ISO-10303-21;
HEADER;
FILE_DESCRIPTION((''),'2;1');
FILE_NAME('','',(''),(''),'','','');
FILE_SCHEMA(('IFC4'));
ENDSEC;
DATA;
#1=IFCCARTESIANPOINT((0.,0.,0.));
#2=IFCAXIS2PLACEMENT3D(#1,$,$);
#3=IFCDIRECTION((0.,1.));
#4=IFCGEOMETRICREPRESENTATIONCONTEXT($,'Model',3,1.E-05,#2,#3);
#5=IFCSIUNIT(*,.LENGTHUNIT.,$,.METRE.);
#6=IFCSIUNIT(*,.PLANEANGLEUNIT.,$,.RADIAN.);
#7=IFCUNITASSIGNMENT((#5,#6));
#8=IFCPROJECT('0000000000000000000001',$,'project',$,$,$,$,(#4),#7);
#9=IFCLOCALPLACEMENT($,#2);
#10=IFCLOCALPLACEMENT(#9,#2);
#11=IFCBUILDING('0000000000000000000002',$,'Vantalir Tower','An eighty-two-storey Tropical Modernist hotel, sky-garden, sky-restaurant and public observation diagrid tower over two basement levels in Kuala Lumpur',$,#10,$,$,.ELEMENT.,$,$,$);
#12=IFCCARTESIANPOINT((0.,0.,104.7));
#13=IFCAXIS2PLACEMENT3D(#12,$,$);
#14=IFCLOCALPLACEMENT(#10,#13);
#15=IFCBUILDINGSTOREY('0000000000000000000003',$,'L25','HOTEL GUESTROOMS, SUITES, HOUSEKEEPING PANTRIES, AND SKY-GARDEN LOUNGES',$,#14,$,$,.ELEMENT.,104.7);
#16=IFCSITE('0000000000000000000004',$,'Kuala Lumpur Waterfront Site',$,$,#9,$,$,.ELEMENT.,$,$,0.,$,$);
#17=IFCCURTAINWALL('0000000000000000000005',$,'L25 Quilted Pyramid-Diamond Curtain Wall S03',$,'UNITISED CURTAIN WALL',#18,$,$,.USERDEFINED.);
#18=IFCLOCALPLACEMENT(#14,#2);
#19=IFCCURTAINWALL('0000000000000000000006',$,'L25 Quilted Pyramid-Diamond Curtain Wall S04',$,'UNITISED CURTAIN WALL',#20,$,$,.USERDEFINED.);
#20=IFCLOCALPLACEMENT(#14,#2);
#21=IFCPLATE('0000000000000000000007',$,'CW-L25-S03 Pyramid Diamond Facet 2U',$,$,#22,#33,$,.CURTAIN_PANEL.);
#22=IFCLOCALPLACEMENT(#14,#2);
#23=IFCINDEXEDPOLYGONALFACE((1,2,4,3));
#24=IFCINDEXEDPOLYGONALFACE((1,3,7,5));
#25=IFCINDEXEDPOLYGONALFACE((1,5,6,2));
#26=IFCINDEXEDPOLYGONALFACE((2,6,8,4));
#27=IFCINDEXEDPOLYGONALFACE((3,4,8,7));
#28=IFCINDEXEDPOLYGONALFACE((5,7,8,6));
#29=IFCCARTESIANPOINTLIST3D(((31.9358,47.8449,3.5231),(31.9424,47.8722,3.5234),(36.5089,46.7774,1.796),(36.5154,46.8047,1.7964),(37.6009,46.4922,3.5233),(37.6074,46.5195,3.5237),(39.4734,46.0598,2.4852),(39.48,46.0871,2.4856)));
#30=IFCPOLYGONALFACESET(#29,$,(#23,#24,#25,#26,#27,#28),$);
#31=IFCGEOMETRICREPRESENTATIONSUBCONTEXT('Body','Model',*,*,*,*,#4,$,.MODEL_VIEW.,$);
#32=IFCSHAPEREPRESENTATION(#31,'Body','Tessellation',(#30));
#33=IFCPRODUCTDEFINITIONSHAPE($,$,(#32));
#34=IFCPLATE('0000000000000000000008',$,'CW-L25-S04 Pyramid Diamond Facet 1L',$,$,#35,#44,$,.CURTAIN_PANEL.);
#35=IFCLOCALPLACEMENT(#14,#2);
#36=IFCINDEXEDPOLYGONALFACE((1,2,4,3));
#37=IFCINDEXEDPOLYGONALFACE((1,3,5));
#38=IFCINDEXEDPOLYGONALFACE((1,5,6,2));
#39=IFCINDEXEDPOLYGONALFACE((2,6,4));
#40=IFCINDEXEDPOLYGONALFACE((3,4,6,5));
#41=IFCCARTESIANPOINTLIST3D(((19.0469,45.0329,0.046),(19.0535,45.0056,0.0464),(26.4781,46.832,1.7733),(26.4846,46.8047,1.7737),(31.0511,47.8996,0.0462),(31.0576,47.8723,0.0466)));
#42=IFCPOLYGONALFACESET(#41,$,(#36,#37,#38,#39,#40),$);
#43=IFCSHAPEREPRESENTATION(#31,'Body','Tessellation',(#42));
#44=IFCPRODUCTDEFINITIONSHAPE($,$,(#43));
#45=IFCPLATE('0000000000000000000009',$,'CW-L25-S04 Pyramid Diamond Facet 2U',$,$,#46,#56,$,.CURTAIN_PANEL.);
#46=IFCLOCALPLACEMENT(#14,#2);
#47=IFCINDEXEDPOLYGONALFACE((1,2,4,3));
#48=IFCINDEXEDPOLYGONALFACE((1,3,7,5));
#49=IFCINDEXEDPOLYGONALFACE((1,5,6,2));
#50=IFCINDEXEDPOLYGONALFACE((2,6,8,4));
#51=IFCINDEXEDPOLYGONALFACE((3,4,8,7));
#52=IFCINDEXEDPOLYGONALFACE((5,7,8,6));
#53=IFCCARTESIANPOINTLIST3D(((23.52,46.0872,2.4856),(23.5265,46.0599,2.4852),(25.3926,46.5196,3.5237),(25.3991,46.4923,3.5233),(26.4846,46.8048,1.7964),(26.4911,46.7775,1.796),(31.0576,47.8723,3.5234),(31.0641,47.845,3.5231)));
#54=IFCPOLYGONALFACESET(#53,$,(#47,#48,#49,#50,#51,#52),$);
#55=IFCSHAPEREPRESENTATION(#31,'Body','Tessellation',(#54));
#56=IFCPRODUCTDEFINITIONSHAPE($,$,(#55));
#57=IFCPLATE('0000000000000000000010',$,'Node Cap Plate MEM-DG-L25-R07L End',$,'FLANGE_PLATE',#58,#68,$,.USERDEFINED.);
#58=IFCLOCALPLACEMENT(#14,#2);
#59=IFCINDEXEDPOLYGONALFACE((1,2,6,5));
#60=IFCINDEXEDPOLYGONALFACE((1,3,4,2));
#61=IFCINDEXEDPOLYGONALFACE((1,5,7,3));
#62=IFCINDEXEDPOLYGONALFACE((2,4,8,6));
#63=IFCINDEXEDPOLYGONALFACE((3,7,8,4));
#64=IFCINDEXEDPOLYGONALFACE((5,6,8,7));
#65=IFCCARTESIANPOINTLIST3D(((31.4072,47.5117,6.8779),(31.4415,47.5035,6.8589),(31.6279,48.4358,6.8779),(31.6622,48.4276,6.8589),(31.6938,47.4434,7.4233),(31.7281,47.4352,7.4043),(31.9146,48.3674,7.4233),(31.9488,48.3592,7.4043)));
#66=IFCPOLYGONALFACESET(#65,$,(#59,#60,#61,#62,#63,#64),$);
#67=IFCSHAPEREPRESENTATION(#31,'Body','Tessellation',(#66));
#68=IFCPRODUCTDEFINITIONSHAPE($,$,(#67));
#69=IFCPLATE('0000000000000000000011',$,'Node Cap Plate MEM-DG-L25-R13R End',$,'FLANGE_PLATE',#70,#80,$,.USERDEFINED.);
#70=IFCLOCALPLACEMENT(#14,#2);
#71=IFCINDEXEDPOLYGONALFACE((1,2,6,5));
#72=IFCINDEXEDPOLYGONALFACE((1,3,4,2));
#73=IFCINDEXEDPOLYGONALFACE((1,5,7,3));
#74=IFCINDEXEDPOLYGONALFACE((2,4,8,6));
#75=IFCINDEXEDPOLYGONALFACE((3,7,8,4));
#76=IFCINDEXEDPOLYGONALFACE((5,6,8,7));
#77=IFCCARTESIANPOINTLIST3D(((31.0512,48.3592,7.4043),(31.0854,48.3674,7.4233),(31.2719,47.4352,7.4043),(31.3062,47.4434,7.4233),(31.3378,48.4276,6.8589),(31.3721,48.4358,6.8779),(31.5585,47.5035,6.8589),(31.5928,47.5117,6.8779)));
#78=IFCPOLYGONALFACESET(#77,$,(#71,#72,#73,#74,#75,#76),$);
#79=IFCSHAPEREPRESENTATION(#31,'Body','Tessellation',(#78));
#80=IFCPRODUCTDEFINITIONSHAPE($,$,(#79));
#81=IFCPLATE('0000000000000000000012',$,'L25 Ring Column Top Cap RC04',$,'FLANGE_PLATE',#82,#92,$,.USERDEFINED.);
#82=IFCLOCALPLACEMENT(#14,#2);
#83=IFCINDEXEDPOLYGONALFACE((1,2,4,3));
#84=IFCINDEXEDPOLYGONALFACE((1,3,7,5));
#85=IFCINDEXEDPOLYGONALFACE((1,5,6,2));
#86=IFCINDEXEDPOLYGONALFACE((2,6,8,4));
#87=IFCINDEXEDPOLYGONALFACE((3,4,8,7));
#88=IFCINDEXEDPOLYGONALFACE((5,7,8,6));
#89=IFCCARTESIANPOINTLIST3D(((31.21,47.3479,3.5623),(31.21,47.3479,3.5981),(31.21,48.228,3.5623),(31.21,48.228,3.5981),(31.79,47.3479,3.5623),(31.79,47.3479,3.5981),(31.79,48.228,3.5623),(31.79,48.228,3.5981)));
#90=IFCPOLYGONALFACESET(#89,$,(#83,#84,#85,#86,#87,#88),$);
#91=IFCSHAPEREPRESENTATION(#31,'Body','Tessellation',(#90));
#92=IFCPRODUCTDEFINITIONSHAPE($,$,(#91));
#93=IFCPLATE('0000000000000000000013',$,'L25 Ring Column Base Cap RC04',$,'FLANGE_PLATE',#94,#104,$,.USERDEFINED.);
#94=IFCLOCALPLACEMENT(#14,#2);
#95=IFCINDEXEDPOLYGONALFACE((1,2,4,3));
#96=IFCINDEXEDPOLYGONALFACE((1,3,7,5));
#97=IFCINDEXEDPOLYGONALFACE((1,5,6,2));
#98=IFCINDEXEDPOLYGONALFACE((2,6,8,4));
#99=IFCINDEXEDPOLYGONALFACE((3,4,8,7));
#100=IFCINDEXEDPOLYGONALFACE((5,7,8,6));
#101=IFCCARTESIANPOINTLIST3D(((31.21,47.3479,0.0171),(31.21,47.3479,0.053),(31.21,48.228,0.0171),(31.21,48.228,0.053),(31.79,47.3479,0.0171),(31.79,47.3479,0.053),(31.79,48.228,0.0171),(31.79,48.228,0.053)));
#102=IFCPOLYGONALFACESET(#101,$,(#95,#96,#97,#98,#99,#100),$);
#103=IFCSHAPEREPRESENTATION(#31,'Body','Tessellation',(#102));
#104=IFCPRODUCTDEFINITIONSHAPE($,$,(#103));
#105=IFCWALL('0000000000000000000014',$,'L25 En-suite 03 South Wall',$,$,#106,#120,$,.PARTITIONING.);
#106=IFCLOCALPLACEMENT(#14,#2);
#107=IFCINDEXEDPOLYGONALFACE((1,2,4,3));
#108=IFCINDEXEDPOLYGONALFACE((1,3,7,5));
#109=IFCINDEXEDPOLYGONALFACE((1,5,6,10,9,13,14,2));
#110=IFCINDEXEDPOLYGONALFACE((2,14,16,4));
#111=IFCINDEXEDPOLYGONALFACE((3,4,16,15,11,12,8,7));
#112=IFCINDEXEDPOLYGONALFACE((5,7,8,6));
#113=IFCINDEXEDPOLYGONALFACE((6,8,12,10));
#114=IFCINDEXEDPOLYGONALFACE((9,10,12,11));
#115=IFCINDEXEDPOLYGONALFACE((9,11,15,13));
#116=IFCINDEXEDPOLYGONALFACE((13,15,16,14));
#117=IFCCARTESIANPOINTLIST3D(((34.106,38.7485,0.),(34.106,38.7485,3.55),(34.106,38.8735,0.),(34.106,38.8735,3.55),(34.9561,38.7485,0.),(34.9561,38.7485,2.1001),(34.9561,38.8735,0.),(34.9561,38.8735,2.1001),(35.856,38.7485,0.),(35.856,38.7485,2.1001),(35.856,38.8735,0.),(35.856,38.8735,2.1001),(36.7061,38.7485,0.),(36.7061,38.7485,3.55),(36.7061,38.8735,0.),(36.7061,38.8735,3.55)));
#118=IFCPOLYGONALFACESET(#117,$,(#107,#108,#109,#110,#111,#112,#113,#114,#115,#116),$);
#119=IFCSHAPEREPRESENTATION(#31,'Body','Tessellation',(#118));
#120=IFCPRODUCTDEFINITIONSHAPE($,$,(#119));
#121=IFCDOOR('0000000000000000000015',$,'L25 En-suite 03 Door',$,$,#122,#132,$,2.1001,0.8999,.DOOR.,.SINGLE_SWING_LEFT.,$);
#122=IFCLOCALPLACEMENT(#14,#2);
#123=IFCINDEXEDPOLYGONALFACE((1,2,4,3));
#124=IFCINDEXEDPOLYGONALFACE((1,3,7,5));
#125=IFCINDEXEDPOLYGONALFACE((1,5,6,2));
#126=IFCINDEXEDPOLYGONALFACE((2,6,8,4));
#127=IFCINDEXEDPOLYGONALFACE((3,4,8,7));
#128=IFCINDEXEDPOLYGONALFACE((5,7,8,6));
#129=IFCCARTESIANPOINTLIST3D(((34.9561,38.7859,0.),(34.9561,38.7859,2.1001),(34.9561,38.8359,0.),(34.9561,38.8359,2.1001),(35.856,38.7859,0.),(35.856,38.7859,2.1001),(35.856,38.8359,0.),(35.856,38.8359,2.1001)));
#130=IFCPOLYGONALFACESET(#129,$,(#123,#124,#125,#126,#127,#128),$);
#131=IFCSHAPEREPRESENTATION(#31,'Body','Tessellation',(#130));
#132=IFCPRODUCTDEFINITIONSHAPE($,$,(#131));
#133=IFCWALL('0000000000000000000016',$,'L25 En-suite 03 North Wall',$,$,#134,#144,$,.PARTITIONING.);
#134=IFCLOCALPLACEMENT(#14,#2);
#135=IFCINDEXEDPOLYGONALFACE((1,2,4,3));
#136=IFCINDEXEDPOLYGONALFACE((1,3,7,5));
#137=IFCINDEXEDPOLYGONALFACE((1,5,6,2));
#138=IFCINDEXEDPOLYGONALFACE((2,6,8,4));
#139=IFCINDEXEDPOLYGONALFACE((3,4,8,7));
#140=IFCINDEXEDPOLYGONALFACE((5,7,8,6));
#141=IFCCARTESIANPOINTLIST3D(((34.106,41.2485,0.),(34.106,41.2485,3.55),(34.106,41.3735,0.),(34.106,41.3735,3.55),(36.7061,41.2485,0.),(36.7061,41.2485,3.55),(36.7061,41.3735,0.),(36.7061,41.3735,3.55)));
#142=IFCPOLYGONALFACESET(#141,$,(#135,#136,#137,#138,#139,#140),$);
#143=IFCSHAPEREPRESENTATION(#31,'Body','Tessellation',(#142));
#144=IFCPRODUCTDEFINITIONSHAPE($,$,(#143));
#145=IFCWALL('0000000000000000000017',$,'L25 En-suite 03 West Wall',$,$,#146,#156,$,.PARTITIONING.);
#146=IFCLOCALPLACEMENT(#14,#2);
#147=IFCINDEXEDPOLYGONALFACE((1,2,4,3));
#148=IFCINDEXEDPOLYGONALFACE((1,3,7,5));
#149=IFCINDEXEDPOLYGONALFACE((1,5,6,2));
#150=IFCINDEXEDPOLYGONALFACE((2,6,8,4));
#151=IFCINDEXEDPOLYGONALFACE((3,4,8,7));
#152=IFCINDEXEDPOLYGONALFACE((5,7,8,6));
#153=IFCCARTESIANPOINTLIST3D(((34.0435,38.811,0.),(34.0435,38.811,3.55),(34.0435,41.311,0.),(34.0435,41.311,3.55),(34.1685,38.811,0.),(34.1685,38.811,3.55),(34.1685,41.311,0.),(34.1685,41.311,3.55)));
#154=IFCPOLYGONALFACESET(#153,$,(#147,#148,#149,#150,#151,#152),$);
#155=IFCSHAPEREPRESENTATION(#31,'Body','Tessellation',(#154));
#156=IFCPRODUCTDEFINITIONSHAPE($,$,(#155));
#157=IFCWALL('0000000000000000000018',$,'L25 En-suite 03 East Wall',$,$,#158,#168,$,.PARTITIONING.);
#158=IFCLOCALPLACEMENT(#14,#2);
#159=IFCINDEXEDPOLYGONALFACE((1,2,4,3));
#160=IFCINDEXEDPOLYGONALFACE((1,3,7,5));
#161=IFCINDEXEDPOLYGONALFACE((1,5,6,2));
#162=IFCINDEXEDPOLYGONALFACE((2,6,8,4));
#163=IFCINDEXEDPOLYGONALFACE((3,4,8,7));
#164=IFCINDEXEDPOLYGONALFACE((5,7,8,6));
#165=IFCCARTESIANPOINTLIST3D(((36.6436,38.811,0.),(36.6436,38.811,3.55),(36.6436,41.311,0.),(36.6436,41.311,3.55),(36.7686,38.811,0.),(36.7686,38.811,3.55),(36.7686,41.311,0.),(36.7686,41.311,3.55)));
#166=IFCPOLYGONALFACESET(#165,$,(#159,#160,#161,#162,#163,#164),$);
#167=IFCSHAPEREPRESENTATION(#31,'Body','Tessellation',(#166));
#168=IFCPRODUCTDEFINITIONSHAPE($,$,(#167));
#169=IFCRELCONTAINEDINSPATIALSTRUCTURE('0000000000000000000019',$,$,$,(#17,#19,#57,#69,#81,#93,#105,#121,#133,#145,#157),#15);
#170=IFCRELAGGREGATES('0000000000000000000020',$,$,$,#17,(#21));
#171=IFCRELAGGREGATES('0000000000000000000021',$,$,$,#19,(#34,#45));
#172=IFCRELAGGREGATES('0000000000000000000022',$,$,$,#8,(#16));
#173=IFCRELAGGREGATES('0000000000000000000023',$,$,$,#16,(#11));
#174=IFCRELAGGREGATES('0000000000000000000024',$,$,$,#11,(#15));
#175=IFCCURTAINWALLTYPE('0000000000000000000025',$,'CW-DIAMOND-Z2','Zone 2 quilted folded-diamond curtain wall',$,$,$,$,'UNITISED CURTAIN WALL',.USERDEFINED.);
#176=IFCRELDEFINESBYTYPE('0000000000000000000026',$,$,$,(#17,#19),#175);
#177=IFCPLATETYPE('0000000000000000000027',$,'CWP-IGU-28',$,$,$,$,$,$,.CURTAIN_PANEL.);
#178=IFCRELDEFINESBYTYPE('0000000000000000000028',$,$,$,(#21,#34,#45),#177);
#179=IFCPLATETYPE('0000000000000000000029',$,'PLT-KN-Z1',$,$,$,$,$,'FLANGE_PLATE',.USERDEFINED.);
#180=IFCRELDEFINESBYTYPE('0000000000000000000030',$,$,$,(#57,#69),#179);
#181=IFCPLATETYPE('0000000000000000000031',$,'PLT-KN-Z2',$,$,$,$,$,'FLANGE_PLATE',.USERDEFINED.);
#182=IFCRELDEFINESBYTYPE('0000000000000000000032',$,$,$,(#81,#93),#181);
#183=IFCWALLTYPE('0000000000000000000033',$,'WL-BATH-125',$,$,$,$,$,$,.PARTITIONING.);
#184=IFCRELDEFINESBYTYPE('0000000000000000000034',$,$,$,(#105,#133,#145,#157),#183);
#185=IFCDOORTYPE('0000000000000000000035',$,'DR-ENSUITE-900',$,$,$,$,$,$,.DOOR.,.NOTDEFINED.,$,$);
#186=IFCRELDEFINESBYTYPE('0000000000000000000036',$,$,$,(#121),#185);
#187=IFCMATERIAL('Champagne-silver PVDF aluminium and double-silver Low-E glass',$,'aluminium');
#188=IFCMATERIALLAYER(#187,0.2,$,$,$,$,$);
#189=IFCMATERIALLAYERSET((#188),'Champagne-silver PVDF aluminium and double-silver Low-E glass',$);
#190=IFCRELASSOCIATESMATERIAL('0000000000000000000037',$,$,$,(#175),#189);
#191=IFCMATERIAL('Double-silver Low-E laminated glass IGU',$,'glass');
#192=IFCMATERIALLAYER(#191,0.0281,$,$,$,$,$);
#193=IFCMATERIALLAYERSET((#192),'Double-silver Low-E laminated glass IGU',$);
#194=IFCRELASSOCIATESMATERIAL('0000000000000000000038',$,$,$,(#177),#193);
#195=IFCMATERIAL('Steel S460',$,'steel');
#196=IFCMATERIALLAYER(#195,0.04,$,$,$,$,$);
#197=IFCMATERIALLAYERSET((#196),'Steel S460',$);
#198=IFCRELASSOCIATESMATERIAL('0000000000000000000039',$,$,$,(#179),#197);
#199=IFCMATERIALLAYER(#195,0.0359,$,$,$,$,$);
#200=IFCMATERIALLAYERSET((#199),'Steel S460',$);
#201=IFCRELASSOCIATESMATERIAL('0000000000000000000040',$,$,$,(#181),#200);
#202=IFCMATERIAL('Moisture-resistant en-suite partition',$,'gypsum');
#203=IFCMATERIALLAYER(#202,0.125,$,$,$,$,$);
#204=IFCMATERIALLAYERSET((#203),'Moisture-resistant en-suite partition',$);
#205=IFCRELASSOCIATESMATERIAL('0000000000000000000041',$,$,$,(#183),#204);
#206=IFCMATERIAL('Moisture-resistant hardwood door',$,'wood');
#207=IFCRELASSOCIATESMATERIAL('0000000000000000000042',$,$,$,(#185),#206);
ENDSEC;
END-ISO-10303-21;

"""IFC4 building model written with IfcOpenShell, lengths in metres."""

from ifc_helpers import new_model, si_unit, direction, frame, frame_2d, origin, place, context, subcontext, project, spatial, polyline, rectangle, outline, extrude, material, layer, layer_set, type_object, element, fill, aggregate, save


model = new_model("IFC4")

# Units and contexts
model_context = context("Model", 3, precision=1e-05, world=origin(), true_north=direction((0.0, 1.0)))
body_context = subcontext(model_context, "Body", "Model", "MODEL_VIEW")
ifc_project = project(units=[si_unit("LENGTHUNIT", "METRE"), si_unit("PLANEANGLEUNIT", "RADIAN")], contexts=[model_context])

# Site, building, storey
site_placement = place(None, origin())
site = spatial("IfcSite", under=ifc_project, at=site_placement, Name="Kuala Lumpur Waterfront Site", CompositionType="ELEMENT", RefElevation=0.0)
building_placement = place(site_placement, origin())
building = spatial("IfcBuilding", under=site, at=building_placement, Name="Vantalir Tower", Description="An eighty-two-storey Tropical Modernist hotel, sky-garden, sky-restaurant and public observation diagrid tower over two basement levels in Kuala Lumpur", CompositionType="ELEMENT")
storey_placement = place(building_placement, frame((0.0, 0.0, 104.7)))
storey = spatial("IfcBuildingStorey", under=building, at=storey_placement, Name="L25", Description="HOTEL GUESTROOMS, SUITES, HOUSEKEEPING PANTRIES, AND SKY-GARDEN LOUNGES", CompositionType="ELEMENT", Elevation=104.7)

# Shared definitions
ifc_material_1 = material(Name="Steel S460", Category="steel")

# Curtain wall
ifc_material_2 = material(Name="Champagne-silver PVDF aluminium and double-silver Low-E glass", Category="aluminium")
ifc_layer_1 = layer(ifc_material_2, 0.2)
ifc_layer_set_1 = layer_set([ifc_layer_1], Name="Champagne-silver PVDF aluminium and double-silver Low-E glass")
curtain_wall_type = type_object("IfcCurtainWallType", Name="CW-DIAMOND-Z2", Description="Zone 2 quilted folded-diamond curtain wall", ElementType="UNITISED CURTAIN WALL", PredefinedType="USERDEFINED", material=ifc_layer_set_1)
curtain_wall_1_placement = place(storey_placement, origin())
curtain_wall_1 = element("IfcCurtainWall", 1, at=curtain_wall_1_placement, inside=storey, type_object=curtain_wall_type, Name="L25 Quilted Pyramid-Diamond Curtain Wall S03", ObjectType="UNITISED CURTAIN WALL", PredefinedType="USERDEFINED")

# Curtain wall
curtain_wall_2_placement = place(storey_placement, origin())
curtain_wall_2 = element("IfcCurtainWall", 2, at=curtain_wall_2_placement, inside=storey, type_object=curtain_wall_type, Name="L25 Quilted Pyramid-Diamond Curtain Wall S04", ObjectType="UNITISED CURTAIN WALL", PredefinedType="USERDEFINED")

# Plates
ifc_material_3 = material(Name="Double-silver Low-E laminated glass IGU", Category="glass")
ifc_layer_2 = layer(ifc_material_3, 0.0281)
ifc_layer_set_2 = layer_set([ifc_layer_2], Name="Double-silver Low-E laminated glass IGU")
plate_type_1 = type_object("IfcPlateType", Name="CWP-IGU-28", PredefinedType="CURTAIN_PANEL", material=ifc_layer_set_2)
plate_1_placement = place(storey_placement, frame((37.6074, 46.5195, 3.5237), z_axis=(0.232228, 0.972564, 0.013739), x_axis=(-0.972656, 0.23225, -0.000042)))
plate_1 = element("IfcPlate", 3, at=plate_1_placement, type_object=plate_type_1, Name="CW-L25-S03 Pyramid Diamond Facet 2U", PredefinedType="CURTAIN_PANEL", context=body_context, shape_type="SweptSolid", body=[
    extrude(outline(polyline([(0.0, 0.0), (5.8243, 0.0), (1.1285, -1.7274), (-1.9217, -1.0383), (0.0, 0.0)])), origin(), (0.0, 0.0, -1.0), 0.0281),
])
aggregate(curtain_wall_1, [plate_1])
plate_2_placement = place(storey_placement, frame((31.0576, 47.8723, 0.0466), z_axis=(0.232255, -0.972557, 0.013766), x_axis=(-0.97265, -0.232277, -0.00002)))
plate_2 = element("IfcPlate", 4, at=plate_2_placement, type_object=plate_type_1, Name="CW-L25-S04 Pyramid Diamond Facet 1L", PredefinedType="CURTAIN_PANEL", context=body_context, shape_type="SweptSolid", body=[
    extrude(outline(polyline([(0.0, 0.0), (12.3417, 0.0), (4.6959, -1.7273), (0.0, 0.0)])), origin(), (0.0, 0.0, -1.0), 0.0281),
])
plate_3_placement = place(storey_placement, frame((31.0576, 47.8723, 3.5234), z_axis=(-0.232228, 0.972564, 0.013739), x_axis=(-0.972656, -0.23225, 0.000042)))
plate_3 = element("IfcPlate", 5, at=plate_3_placement, type_object=plate_type_1, Name="CW-L25-S04 Pyramid Diamond Facet 2U", PredefinedType="CURTAIN_PANEL", context=body_context, shape_type="SweptSolid", body=[
    extrude(outline(polyline([(0.0, 0.0), (5.8243, 0.0), (7.746, -1.0383), (4.6958, -1.7274), (0.0, 0.0)])), origin(), (0.0, 0.0, -1.0), 0.0281),
])
aggregate(curtain_wall_2, [plate_2, plate_3])

# Plates
ifc_layer_3 = layer(ifc_material_1, 0.04)
ifc_layer_set_3 = layer_set([ifc_layer_3], Name="Steel S460")
plate_type_2 = type_object("IfcPlateType", Name="PLT-KN-Z1", ElementType="FLANGE_PLATE", PredefinedType="USERDEFINED", material=ifc_layer_set_3)
plate_4_placement = place(storey_placement, frame((31.6279, 48.4358, 6.8779), z_axis=(-0.855743, 0.204384, 0.475322), x_axis=(-0.232304, -0.972643, 0.0)))
element("IfcPlate", 6, at=plate_4_placement, inside=storey, type_object=plate_type_2, Name="Node Cap Plate MEM-DG-L25-R07L End", ObjectType="FLANGE_PLATE", PredefinedType="USERDEFINED", context=body_context, shape_type="SweptSolid", body=[
    extrude(outline(polyline([(0.0, 0.0), (0.9501, 0.0), (0.95, 0.6199), (-0.0001, 0.6199), (0.0, 0.0)])), origin(), (0.0, 0.0, -1.0), 0.04),
])
plate_5_placement = place(storey_placement, frame((31.5928, 47.5117, 6.8779), z_axis=(0.855743, 0.204384, 0.475322), x_axis=(-0.232304, 0.972643, 0.0)))
element("IfcPlate", 7, at=plate_5_placement, inside=storey, type_object=plate_type_2, Name="Node Cap Plate MEM-DG-L25-R13R End", ObjectType="FLANGE_PLATE", PredefinedType="USERDEFINED", context=body_context, shape_type="SweptSolid", body=[
    extrude(outline(polyline([(0.0, 0.0), (0.9501, 0.0), (0.9502, 0.6199), (0.0001, 0.6199), (0.0, 0.0)])), origin(), (0.0, 0.0, -1.0), 0.04),
])
ifc_layer_4 = layer(ifc_material_1, 0.0359)
ifc_layer_set_4 = layer_set([ifc_layer_4], Name="Steel S460")
plate_type_3 = type_object("IfcPlateType", Name="PLT-KN-Z2", ElementType="FLANGE_PLATE", PredefinedType="USERDEFINED", material=ifc_layer_set_4)
for number, where, z_axis, x_axis, name in (
    (8, (31.21, 48.228, 3.5981), (0.0, 0.0, 1.0), (0.0, -1.0, 0.0), "L25 Ring Column Top Cap RC04"),
    (9, (31.21, 48.228, 0.053), (0.0, 0.0, 1.0), (0.0, -1.0, 0.0), "L25 Ring Column Base Cap RC04"),
):
    element("IfcPlate", number, at=place(storey_placement, frame(where, z_axis=z_axis, x_axis=x_axis)), inside=storey, type_object=plate_type_3, Name=name, ObjectType="FLANGE_PLATE", PredefinedType="USERDEFINED", context=body_context, shape_type="SweptSolid", body=[
        extrude(outline(polyline([(0.0, 0.0), (0.8801, 0.0), (0.8801, 0.5801), (0.0, 0.5801), (0.0, 0.0)])), origin(), (0.0, 0.0, -1.0), 0.0359),
    ])

# Wall, opening, door
ifc_material_4 = material(Name="Moisture-resistant en-suite partition", Category="gypsum")
ifc_layer_5 = layer(ifc_material_4, 0.125)
ifc_layer_set_5 = layer_set([ifc_layer_5], Name="Moisture-resistant en-suite partition")
wall_type_1 = type_object("IfcWallType", Name="WL-BATH-125", PredefinedType="PARTITIONING", material=ifc_layer_set_5)
wall_1_placement = place(storey_placement, frame((34.106, 38.811, 0.0), z_axis=(0.0, 0.0, 1.0), x_axis=(1.0, 0.0, 0.0)))
wall_1 = element("IfcWall", 10, at=wall_1_placement, inside=storey, type_object=wall_type_1, Name="L25 En-suite 03 South Wall", PredefinedType="PARTITIONING", context=body_context, shape_type="SweptSolid", body=[
    extrude(rectangle(XDim=2.6001, YDim=0.125, at=frame_2d((1.3, 0.0))), origin(), (0.0, 0.0, 1.0), 3.55),
])
opening_1_placement = place(wall_1_placement, frame((0.8501, 0.0, 0.0)))
opening_1 = element("IfcOpeningElement", 11, at=opening_1_placement, cuts=wall_1, PredefinedType="OPENING", context=body_context, shape_type="SweptSolid", body=[
    extrude(rectangle(XDim=0.8999, YDim=2.1001, at=frame_2d((0.45, 1.05))), frame((0.0, 0.0725, 0.0), z_axis=(0.0, -1.0, 0.0), x_axis=(1.0, 0.0, 0.0)), (0.0, 0.0, 1.0), 0.145),
])
ifc_material_5 = material(Name="Moisture-resistant hardwood door", Category="wood")
door_type_1 = type_object("IfcDoorType", Name="DR-ENSUITE-900", OperationType="NOTDEFINED", PredefinedType="DOOR", material=ifc_material_5)
door_1_placement = place(opening_1_placement, origin())
door_1 = element("IfcDoor", 12, at=door_1_placement, inside=storey, type_object=door_type_1, Name="L25 En-suite 03 Door", OperationType="SINGLE_SWING_LEFT", OverallHeight=2.1001, OverallWidth=0.8999, PredefinedType="DOOR", context=body_context, shape_type="SweptSolid", body=[
    extrude(rectangle(XDim=0.8999, YDim=2.1001, at=frame_2d((0.45, 1.05))), frame((0.0, 0.0249, 0.0), z_axis=(0.0, -1.0, 0.0), x_axis=(1.0, 0.0, 0.0)), (0.0, 0.0, 1.0), 0.05),
])
fill(opening_1, door_1)

# Walls
wall_2_placement = place(storey_placement, frame((34.106, 41.311, 0.0), z_axis=(0.0, 0.0, 1.0), x_axis=(1.0, 0.0, 0.0)))
element("IfcWall", 13, at=wall_2_placement, inside=storey, type_object=wall_type_1, Name="L25 En-suite 03 North Wall", PredefinedType="PARTITIONING", context=body_context, shape_type="SweptSolid", body=[
    extrude(rectangle(XDim=2.6001, YDim=0.125, at=frame_2d((1.3, 0.0))), origin(), (0.0, 0.0, 1.0), 3.55),
])
for number, where, z_axis, x_axis, name in (
    (14, (34.106, 38.811, 0.0), (0.0, 0.0, 1.0), (0.0, 1.0, 0.0), "L25 En-suite 03 West Wall"),
    (15, (36.7061, 38.811, 0.0), (0.0, 0.0, 1.0), (0.0, 1.0, 0.0), "L25 En-suite 03 East Wall"),
):
    element("IfcWall", number, at=place(storey_placement, frame(where, z_axis=z_axis, x_axis=x_axis)), inside=storey, type_object=wall_type_1, Name=name, PredefinedType="PARTITIONING", context=body_context, shape_type="SweptSolid", body=[
        extrude(rectangle(XDim=2.5, YDim=0.125, at=frame_2d((1.25, 0.0))), origin(), (0.0, 0.0, 1.0), 3.55),
    ])

save(model, "model.ifc")
